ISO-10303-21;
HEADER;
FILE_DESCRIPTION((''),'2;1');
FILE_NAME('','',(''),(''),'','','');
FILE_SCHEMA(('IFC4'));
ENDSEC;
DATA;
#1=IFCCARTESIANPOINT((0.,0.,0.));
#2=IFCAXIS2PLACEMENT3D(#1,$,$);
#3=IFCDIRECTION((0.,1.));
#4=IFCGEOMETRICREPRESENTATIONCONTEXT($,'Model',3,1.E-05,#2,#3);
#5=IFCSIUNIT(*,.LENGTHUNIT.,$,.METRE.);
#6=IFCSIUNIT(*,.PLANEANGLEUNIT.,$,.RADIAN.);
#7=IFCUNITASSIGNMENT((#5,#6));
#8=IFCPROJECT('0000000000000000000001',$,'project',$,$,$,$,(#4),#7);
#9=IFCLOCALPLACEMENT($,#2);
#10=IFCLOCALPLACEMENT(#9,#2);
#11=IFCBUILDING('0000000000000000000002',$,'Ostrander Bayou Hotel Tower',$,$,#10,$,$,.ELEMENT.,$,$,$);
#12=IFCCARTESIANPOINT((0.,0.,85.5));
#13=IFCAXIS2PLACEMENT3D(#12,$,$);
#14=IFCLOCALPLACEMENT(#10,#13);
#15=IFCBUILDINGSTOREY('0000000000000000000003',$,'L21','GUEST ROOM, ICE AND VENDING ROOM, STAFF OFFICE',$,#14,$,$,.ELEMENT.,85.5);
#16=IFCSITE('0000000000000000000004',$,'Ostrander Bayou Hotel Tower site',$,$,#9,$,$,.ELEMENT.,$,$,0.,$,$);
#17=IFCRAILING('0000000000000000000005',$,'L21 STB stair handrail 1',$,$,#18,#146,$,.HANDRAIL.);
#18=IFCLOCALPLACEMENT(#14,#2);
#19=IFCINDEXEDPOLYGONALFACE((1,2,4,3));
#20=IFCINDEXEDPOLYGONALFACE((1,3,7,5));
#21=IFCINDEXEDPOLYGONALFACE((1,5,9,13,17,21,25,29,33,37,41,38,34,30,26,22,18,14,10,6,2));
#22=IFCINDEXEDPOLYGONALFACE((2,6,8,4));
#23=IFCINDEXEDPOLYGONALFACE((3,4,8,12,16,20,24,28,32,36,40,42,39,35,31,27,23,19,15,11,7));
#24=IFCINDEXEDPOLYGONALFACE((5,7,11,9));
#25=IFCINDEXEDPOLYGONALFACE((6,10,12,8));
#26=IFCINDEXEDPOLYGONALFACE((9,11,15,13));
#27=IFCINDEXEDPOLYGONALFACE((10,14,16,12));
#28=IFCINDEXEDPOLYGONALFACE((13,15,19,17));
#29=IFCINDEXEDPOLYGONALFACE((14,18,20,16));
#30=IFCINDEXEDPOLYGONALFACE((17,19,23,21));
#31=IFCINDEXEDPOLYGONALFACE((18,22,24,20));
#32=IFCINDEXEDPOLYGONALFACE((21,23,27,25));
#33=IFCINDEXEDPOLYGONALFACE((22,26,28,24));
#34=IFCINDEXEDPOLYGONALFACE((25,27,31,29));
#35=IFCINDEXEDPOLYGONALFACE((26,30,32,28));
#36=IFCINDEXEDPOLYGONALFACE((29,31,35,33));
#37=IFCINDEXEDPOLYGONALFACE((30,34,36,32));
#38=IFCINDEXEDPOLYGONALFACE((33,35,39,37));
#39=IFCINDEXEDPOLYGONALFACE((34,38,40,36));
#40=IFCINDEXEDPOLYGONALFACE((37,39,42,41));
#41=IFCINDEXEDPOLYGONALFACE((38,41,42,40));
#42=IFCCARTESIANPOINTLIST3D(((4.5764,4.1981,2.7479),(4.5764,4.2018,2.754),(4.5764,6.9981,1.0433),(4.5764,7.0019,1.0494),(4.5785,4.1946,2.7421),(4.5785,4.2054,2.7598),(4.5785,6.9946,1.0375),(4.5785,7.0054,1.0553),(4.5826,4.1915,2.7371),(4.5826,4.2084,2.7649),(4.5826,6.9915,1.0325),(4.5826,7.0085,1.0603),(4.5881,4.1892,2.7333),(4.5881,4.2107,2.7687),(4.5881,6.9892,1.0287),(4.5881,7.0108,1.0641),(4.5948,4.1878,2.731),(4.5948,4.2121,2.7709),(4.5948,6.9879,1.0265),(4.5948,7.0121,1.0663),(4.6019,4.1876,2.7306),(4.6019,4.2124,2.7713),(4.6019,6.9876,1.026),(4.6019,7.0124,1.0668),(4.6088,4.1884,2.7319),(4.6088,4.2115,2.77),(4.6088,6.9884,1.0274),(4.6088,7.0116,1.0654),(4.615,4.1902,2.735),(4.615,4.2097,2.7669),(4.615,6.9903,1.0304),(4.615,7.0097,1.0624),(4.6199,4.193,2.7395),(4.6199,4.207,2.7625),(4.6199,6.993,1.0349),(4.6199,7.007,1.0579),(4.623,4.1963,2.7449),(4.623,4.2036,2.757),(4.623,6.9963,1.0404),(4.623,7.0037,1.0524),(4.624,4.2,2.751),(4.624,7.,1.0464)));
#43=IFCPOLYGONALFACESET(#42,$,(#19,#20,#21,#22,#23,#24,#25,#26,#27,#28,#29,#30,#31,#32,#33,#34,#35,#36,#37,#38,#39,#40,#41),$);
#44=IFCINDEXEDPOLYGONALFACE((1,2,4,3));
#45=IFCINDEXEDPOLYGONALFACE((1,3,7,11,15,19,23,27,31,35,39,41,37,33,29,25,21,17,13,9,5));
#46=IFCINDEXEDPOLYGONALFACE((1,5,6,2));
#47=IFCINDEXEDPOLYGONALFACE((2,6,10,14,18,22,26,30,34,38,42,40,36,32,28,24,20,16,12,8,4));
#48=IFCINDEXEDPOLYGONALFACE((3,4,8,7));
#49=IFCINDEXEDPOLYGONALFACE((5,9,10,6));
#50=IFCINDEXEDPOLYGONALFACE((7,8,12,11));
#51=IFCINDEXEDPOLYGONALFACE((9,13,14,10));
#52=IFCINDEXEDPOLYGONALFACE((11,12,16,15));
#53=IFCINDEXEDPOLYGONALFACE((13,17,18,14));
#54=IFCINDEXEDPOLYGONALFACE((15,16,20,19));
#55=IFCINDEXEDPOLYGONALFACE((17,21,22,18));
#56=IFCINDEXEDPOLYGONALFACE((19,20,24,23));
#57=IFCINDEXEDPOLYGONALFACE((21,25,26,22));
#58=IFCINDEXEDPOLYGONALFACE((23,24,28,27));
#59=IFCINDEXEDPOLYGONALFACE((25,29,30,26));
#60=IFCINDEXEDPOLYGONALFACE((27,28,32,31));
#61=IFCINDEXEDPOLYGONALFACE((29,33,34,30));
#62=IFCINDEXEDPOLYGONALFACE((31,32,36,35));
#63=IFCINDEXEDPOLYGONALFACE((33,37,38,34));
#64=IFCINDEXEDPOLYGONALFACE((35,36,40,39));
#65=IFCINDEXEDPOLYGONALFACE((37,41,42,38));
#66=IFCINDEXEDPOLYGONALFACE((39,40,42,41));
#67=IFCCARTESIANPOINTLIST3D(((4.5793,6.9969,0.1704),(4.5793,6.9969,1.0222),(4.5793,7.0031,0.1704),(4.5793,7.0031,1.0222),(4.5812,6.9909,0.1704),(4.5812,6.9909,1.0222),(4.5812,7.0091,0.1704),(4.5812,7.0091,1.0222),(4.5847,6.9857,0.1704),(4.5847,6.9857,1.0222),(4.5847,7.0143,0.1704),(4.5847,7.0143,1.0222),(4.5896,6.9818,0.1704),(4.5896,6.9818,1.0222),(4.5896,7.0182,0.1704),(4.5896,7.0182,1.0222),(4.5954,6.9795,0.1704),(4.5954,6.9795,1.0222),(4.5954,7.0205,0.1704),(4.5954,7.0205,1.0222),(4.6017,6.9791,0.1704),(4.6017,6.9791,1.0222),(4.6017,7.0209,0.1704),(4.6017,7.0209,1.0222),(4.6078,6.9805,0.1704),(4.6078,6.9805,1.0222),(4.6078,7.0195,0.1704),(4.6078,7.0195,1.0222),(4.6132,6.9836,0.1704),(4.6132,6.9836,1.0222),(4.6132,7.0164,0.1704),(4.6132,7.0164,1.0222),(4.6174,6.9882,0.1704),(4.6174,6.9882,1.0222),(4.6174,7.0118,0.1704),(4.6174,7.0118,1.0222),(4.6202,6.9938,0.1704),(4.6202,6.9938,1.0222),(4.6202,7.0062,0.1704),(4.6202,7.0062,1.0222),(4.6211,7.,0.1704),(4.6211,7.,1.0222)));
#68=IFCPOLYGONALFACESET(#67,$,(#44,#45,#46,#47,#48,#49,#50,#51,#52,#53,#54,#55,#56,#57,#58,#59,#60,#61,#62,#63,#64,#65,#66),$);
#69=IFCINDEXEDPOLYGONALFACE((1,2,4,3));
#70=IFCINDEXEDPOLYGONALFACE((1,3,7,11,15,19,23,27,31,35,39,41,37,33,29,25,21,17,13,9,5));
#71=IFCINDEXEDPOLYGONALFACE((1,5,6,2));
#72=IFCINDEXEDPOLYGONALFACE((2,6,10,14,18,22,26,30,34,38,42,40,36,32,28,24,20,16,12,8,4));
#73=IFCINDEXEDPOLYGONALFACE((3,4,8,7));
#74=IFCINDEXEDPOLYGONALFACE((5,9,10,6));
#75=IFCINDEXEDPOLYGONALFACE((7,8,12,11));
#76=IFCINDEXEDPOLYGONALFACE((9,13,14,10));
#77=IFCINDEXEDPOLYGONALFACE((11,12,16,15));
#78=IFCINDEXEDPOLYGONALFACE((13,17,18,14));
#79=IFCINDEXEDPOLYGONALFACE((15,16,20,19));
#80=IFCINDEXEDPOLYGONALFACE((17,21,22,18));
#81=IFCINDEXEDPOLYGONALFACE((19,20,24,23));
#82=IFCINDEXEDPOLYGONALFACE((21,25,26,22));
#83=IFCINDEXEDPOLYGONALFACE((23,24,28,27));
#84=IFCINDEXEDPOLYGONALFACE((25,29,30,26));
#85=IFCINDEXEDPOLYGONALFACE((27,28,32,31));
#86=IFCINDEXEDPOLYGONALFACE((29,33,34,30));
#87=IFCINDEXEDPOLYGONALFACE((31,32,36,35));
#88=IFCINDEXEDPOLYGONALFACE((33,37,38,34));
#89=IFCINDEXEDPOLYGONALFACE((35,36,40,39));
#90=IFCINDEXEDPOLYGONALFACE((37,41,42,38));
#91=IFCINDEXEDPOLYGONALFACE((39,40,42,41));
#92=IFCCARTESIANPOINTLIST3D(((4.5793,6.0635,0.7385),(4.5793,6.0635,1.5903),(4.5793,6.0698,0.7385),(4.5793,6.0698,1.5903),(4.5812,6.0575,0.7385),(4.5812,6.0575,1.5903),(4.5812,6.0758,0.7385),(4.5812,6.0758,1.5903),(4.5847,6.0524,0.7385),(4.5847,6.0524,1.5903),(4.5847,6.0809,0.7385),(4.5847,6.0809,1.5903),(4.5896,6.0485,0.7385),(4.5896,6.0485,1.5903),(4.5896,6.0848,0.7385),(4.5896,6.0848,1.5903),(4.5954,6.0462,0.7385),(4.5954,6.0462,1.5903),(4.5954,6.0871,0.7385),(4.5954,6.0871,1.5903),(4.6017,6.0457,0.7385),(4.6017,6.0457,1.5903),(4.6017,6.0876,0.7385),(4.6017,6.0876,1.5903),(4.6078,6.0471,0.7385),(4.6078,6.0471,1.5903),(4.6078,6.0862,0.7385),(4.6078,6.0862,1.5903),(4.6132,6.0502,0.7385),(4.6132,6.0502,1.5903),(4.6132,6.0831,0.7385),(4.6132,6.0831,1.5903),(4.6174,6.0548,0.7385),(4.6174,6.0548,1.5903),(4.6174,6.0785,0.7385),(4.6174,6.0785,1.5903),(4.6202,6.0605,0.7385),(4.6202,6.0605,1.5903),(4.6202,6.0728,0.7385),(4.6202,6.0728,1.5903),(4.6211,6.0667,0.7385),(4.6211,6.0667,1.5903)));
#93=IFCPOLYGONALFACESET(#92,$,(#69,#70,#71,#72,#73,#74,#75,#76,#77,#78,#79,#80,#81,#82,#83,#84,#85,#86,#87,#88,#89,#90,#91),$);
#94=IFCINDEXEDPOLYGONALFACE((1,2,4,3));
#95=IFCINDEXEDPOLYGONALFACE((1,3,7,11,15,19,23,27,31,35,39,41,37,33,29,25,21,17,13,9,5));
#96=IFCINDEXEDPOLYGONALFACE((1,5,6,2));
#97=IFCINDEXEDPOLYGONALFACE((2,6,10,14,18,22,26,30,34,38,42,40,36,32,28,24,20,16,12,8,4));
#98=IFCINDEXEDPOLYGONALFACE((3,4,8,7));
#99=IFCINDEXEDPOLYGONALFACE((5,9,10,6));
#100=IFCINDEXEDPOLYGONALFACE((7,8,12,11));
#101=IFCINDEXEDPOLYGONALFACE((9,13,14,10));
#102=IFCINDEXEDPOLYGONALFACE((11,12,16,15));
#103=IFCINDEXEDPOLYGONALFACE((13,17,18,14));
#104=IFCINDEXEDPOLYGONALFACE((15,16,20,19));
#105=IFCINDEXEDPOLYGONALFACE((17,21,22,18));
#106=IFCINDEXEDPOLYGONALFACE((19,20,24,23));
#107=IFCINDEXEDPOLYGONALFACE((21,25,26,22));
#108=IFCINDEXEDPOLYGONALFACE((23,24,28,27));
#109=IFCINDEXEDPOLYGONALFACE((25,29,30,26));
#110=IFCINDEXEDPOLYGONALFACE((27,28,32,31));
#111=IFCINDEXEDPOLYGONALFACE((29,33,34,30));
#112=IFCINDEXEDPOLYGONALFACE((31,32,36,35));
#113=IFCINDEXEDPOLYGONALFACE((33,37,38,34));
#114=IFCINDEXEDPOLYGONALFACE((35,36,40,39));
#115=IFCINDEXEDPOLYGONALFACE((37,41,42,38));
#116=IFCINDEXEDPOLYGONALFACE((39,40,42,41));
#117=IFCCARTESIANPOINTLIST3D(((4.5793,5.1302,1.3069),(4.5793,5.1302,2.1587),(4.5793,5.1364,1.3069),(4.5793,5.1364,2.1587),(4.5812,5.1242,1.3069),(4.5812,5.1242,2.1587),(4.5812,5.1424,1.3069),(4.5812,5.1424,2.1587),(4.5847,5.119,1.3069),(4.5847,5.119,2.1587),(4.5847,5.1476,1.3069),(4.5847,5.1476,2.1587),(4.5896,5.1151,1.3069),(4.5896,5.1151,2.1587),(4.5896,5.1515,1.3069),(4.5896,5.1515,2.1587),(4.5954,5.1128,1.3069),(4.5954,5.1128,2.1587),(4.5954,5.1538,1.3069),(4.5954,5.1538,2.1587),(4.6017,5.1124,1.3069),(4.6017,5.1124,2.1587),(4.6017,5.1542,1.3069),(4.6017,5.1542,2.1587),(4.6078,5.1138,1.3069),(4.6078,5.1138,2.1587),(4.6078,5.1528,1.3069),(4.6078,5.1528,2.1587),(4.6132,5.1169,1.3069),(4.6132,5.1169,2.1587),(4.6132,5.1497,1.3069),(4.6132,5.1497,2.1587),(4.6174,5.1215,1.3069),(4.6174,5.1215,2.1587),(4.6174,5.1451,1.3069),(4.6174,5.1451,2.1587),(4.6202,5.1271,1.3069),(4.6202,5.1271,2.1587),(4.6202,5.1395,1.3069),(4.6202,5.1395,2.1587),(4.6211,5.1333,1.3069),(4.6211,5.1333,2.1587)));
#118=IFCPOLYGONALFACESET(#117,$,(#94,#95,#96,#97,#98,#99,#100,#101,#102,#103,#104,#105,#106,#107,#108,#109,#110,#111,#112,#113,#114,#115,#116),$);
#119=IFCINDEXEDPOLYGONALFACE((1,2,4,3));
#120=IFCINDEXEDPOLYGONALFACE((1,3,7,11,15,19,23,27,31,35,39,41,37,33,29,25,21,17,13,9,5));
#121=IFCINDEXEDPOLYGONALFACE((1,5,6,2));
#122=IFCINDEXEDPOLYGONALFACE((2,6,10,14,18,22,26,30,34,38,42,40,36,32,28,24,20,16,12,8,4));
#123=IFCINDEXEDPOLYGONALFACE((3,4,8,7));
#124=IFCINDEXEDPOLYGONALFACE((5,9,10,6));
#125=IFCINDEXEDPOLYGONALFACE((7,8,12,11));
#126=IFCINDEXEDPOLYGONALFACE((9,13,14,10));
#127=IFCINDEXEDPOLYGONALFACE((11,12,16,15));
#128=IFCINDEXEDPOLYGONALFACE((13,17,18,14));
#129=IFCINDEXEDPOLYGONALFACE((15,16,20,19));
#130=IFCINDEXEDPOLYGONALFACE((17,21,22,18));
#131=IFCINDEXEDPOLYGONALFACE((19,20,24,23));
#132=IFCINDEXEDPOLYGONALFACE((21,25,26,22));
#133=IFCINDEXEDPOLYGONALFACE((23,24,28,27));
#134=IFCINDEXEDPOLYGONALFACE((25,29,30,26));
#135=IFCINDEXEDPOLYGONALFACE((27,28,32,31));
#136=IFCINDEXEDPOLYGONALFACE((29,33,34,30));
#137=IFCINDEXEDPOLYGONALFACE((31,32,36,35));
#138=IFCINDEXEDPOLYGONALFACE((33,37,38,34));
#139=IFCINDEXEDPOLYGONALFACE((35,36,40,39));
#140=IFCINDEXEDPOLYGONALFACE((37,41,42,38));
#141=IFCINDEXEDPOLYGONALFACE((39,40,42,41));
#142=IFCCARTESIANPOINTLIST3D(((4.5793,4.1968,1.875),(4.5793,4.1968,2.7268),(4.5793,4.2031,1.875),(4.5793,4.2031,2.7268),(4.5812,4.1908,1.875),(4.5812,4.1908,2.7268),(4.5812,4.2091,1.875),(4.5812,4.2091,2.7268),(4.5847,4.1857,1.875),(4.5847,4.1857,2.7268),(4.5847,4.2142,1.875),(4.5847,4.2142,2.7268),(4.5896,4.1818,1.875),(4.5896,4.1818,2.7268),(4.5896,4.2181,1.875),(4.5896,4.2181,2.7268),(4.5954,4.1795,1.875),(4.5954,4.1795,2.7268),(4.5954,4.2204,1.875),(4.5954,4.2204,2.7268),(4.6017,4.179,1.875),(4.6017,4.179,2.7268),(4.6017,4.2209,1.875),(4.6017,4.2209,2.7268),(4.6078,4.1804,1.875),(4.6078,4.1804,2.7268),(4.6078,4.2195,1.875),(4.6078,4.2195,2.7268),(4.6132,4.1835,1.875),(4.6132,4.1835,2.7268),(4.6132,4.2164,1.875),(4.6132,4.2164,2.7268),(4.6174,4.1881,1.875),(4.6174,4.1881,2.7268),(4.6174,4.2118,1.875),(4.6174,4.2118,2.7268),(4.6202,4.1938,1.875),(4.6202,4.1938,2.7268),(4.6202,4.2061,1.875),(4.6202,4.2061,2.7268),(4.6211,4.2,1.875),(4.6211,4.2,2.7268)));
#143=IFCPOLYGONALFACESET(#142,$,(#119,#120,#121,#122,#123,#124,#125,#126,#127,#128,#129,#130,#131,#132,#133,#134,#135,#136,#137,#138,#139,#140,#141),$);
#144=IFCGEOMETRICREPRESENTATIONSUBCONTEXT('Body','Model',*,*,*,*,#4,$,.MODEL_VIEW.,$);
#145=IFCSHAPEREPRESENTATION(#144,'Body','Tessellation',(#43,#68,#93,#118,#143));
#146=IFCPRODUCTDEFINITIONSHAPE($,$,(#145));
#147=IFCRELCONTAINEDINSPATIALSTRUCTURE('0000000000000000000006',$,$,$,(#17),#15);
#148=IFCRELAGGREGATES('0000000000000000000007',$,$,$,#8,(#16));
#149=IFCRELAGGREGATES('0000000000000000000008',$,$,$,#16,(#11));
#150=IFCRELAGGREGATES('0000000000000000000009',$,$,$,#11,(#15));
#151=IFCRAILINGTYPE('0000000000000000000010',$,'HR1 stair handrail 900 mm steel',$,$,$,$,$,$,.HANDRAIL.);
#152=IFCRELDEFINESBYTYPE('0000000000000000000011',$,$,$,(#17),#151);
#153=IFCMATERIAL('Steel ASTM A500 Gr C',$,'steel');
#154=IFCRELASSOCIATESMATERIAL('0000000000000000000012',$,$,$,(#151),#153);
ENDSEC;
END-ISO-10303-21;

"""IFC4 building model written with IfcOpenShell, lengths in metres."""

from ifc_helpers import new_model, si_unit, direction, frame, origin, origin_2d, place, context, subcontext, project, spatial, circle, extrude, material, type_object, element, save


model = new_model("IFC4")

# Units and contexts
model_context = context("Model", 3, precision=1e-05, world=origin(), true_north=direction((0.0, 1.0)))
body_context = subcontext(model_context, "Body", "Model", "MODEL_VIEW")
ifc_project = project(units=[si_unit("LENGTHUNIT", "METRE"), si_unit("PLANEANGLEUNIT", "RADIAN")], contexts=[model_context])

# Site, building, storey
site_placement = place(None, origin())
site = spatial("IfcSite", under=ifc_project, at=site_placement, Name="Ostrander Bayou Hotel Tower site", CompositionType="ELEMENT", RefElevation=0.0)
building_placement = place(site_placement, origin())
building = spatial("IfcBuilding", under=site, at=building_placement, Name="Ostrander Bayou Hotel Tower", CompositionType="ELEMENT")
storey_placement = place(building_placement, frame((0.0, 0.0, 85.5)))
storey = spatial("IfcBuildingStorey", under=building, at=storey_placement, Name="L21", Description="GUEST ROOM, ICE AND VENDING ROOM, STAFF OFFICE", CompositionType="ELEMENT", Elevation=85.5)

# Railing
ifc_material_1 = material(Name="Steel ASTM A500 Gr C", Category="steel")
railing_type_1 = type_object("IfcRailingType", Name="HR1 stair handrail 900 mm steel", PredefinedType="HANDRAIL", material=ifc_material_1)
railing_1_placement = place(storey_placement, frame((4.6001, 7.0, 0.1704)))
element("IfcRailing", 1, at=railing_1_placement, inside=storey, type_object=railing_type_1, Name="L21 STB stair handrail 1", PredefinedType="HANDRAIL", context=body_context, shape_type="SweptSolid", body=[
    extrude(circle(Radius=0.0239, at=origin_2d()), frame((0.0, 0.0, 0.876), z_axis=(0.0, -0.85417, 0.519994), x_axis=(1.0, 0.0, 0.0)), (0.0, 0.0, 1.0), 3.2781),
    extrude(circle(Radius=0.021, at=origin_2d()), origin(), (0.0, 0.0, 1.0), 0.8518),
    extrude(circle(Radius=0.021, at=origin_2d()), frame((0.0, -0.9333, 0.5681)), (0.0, 0.0, 1.0), 0.8518),
    extrude(circle(Radius=0.021, at=origin_2d()), frame((0.0, -1.8667, 1.1365)), (0.0, 0.0, 1.0), 0.8518),
    extrude(circle(Radius=0.021, at=origin_2d()), frame((0.0, -2.8, 1.7046)), (0.0, 0.0, 1.0), 0.8518),
])

save(model, "model.ifc")
